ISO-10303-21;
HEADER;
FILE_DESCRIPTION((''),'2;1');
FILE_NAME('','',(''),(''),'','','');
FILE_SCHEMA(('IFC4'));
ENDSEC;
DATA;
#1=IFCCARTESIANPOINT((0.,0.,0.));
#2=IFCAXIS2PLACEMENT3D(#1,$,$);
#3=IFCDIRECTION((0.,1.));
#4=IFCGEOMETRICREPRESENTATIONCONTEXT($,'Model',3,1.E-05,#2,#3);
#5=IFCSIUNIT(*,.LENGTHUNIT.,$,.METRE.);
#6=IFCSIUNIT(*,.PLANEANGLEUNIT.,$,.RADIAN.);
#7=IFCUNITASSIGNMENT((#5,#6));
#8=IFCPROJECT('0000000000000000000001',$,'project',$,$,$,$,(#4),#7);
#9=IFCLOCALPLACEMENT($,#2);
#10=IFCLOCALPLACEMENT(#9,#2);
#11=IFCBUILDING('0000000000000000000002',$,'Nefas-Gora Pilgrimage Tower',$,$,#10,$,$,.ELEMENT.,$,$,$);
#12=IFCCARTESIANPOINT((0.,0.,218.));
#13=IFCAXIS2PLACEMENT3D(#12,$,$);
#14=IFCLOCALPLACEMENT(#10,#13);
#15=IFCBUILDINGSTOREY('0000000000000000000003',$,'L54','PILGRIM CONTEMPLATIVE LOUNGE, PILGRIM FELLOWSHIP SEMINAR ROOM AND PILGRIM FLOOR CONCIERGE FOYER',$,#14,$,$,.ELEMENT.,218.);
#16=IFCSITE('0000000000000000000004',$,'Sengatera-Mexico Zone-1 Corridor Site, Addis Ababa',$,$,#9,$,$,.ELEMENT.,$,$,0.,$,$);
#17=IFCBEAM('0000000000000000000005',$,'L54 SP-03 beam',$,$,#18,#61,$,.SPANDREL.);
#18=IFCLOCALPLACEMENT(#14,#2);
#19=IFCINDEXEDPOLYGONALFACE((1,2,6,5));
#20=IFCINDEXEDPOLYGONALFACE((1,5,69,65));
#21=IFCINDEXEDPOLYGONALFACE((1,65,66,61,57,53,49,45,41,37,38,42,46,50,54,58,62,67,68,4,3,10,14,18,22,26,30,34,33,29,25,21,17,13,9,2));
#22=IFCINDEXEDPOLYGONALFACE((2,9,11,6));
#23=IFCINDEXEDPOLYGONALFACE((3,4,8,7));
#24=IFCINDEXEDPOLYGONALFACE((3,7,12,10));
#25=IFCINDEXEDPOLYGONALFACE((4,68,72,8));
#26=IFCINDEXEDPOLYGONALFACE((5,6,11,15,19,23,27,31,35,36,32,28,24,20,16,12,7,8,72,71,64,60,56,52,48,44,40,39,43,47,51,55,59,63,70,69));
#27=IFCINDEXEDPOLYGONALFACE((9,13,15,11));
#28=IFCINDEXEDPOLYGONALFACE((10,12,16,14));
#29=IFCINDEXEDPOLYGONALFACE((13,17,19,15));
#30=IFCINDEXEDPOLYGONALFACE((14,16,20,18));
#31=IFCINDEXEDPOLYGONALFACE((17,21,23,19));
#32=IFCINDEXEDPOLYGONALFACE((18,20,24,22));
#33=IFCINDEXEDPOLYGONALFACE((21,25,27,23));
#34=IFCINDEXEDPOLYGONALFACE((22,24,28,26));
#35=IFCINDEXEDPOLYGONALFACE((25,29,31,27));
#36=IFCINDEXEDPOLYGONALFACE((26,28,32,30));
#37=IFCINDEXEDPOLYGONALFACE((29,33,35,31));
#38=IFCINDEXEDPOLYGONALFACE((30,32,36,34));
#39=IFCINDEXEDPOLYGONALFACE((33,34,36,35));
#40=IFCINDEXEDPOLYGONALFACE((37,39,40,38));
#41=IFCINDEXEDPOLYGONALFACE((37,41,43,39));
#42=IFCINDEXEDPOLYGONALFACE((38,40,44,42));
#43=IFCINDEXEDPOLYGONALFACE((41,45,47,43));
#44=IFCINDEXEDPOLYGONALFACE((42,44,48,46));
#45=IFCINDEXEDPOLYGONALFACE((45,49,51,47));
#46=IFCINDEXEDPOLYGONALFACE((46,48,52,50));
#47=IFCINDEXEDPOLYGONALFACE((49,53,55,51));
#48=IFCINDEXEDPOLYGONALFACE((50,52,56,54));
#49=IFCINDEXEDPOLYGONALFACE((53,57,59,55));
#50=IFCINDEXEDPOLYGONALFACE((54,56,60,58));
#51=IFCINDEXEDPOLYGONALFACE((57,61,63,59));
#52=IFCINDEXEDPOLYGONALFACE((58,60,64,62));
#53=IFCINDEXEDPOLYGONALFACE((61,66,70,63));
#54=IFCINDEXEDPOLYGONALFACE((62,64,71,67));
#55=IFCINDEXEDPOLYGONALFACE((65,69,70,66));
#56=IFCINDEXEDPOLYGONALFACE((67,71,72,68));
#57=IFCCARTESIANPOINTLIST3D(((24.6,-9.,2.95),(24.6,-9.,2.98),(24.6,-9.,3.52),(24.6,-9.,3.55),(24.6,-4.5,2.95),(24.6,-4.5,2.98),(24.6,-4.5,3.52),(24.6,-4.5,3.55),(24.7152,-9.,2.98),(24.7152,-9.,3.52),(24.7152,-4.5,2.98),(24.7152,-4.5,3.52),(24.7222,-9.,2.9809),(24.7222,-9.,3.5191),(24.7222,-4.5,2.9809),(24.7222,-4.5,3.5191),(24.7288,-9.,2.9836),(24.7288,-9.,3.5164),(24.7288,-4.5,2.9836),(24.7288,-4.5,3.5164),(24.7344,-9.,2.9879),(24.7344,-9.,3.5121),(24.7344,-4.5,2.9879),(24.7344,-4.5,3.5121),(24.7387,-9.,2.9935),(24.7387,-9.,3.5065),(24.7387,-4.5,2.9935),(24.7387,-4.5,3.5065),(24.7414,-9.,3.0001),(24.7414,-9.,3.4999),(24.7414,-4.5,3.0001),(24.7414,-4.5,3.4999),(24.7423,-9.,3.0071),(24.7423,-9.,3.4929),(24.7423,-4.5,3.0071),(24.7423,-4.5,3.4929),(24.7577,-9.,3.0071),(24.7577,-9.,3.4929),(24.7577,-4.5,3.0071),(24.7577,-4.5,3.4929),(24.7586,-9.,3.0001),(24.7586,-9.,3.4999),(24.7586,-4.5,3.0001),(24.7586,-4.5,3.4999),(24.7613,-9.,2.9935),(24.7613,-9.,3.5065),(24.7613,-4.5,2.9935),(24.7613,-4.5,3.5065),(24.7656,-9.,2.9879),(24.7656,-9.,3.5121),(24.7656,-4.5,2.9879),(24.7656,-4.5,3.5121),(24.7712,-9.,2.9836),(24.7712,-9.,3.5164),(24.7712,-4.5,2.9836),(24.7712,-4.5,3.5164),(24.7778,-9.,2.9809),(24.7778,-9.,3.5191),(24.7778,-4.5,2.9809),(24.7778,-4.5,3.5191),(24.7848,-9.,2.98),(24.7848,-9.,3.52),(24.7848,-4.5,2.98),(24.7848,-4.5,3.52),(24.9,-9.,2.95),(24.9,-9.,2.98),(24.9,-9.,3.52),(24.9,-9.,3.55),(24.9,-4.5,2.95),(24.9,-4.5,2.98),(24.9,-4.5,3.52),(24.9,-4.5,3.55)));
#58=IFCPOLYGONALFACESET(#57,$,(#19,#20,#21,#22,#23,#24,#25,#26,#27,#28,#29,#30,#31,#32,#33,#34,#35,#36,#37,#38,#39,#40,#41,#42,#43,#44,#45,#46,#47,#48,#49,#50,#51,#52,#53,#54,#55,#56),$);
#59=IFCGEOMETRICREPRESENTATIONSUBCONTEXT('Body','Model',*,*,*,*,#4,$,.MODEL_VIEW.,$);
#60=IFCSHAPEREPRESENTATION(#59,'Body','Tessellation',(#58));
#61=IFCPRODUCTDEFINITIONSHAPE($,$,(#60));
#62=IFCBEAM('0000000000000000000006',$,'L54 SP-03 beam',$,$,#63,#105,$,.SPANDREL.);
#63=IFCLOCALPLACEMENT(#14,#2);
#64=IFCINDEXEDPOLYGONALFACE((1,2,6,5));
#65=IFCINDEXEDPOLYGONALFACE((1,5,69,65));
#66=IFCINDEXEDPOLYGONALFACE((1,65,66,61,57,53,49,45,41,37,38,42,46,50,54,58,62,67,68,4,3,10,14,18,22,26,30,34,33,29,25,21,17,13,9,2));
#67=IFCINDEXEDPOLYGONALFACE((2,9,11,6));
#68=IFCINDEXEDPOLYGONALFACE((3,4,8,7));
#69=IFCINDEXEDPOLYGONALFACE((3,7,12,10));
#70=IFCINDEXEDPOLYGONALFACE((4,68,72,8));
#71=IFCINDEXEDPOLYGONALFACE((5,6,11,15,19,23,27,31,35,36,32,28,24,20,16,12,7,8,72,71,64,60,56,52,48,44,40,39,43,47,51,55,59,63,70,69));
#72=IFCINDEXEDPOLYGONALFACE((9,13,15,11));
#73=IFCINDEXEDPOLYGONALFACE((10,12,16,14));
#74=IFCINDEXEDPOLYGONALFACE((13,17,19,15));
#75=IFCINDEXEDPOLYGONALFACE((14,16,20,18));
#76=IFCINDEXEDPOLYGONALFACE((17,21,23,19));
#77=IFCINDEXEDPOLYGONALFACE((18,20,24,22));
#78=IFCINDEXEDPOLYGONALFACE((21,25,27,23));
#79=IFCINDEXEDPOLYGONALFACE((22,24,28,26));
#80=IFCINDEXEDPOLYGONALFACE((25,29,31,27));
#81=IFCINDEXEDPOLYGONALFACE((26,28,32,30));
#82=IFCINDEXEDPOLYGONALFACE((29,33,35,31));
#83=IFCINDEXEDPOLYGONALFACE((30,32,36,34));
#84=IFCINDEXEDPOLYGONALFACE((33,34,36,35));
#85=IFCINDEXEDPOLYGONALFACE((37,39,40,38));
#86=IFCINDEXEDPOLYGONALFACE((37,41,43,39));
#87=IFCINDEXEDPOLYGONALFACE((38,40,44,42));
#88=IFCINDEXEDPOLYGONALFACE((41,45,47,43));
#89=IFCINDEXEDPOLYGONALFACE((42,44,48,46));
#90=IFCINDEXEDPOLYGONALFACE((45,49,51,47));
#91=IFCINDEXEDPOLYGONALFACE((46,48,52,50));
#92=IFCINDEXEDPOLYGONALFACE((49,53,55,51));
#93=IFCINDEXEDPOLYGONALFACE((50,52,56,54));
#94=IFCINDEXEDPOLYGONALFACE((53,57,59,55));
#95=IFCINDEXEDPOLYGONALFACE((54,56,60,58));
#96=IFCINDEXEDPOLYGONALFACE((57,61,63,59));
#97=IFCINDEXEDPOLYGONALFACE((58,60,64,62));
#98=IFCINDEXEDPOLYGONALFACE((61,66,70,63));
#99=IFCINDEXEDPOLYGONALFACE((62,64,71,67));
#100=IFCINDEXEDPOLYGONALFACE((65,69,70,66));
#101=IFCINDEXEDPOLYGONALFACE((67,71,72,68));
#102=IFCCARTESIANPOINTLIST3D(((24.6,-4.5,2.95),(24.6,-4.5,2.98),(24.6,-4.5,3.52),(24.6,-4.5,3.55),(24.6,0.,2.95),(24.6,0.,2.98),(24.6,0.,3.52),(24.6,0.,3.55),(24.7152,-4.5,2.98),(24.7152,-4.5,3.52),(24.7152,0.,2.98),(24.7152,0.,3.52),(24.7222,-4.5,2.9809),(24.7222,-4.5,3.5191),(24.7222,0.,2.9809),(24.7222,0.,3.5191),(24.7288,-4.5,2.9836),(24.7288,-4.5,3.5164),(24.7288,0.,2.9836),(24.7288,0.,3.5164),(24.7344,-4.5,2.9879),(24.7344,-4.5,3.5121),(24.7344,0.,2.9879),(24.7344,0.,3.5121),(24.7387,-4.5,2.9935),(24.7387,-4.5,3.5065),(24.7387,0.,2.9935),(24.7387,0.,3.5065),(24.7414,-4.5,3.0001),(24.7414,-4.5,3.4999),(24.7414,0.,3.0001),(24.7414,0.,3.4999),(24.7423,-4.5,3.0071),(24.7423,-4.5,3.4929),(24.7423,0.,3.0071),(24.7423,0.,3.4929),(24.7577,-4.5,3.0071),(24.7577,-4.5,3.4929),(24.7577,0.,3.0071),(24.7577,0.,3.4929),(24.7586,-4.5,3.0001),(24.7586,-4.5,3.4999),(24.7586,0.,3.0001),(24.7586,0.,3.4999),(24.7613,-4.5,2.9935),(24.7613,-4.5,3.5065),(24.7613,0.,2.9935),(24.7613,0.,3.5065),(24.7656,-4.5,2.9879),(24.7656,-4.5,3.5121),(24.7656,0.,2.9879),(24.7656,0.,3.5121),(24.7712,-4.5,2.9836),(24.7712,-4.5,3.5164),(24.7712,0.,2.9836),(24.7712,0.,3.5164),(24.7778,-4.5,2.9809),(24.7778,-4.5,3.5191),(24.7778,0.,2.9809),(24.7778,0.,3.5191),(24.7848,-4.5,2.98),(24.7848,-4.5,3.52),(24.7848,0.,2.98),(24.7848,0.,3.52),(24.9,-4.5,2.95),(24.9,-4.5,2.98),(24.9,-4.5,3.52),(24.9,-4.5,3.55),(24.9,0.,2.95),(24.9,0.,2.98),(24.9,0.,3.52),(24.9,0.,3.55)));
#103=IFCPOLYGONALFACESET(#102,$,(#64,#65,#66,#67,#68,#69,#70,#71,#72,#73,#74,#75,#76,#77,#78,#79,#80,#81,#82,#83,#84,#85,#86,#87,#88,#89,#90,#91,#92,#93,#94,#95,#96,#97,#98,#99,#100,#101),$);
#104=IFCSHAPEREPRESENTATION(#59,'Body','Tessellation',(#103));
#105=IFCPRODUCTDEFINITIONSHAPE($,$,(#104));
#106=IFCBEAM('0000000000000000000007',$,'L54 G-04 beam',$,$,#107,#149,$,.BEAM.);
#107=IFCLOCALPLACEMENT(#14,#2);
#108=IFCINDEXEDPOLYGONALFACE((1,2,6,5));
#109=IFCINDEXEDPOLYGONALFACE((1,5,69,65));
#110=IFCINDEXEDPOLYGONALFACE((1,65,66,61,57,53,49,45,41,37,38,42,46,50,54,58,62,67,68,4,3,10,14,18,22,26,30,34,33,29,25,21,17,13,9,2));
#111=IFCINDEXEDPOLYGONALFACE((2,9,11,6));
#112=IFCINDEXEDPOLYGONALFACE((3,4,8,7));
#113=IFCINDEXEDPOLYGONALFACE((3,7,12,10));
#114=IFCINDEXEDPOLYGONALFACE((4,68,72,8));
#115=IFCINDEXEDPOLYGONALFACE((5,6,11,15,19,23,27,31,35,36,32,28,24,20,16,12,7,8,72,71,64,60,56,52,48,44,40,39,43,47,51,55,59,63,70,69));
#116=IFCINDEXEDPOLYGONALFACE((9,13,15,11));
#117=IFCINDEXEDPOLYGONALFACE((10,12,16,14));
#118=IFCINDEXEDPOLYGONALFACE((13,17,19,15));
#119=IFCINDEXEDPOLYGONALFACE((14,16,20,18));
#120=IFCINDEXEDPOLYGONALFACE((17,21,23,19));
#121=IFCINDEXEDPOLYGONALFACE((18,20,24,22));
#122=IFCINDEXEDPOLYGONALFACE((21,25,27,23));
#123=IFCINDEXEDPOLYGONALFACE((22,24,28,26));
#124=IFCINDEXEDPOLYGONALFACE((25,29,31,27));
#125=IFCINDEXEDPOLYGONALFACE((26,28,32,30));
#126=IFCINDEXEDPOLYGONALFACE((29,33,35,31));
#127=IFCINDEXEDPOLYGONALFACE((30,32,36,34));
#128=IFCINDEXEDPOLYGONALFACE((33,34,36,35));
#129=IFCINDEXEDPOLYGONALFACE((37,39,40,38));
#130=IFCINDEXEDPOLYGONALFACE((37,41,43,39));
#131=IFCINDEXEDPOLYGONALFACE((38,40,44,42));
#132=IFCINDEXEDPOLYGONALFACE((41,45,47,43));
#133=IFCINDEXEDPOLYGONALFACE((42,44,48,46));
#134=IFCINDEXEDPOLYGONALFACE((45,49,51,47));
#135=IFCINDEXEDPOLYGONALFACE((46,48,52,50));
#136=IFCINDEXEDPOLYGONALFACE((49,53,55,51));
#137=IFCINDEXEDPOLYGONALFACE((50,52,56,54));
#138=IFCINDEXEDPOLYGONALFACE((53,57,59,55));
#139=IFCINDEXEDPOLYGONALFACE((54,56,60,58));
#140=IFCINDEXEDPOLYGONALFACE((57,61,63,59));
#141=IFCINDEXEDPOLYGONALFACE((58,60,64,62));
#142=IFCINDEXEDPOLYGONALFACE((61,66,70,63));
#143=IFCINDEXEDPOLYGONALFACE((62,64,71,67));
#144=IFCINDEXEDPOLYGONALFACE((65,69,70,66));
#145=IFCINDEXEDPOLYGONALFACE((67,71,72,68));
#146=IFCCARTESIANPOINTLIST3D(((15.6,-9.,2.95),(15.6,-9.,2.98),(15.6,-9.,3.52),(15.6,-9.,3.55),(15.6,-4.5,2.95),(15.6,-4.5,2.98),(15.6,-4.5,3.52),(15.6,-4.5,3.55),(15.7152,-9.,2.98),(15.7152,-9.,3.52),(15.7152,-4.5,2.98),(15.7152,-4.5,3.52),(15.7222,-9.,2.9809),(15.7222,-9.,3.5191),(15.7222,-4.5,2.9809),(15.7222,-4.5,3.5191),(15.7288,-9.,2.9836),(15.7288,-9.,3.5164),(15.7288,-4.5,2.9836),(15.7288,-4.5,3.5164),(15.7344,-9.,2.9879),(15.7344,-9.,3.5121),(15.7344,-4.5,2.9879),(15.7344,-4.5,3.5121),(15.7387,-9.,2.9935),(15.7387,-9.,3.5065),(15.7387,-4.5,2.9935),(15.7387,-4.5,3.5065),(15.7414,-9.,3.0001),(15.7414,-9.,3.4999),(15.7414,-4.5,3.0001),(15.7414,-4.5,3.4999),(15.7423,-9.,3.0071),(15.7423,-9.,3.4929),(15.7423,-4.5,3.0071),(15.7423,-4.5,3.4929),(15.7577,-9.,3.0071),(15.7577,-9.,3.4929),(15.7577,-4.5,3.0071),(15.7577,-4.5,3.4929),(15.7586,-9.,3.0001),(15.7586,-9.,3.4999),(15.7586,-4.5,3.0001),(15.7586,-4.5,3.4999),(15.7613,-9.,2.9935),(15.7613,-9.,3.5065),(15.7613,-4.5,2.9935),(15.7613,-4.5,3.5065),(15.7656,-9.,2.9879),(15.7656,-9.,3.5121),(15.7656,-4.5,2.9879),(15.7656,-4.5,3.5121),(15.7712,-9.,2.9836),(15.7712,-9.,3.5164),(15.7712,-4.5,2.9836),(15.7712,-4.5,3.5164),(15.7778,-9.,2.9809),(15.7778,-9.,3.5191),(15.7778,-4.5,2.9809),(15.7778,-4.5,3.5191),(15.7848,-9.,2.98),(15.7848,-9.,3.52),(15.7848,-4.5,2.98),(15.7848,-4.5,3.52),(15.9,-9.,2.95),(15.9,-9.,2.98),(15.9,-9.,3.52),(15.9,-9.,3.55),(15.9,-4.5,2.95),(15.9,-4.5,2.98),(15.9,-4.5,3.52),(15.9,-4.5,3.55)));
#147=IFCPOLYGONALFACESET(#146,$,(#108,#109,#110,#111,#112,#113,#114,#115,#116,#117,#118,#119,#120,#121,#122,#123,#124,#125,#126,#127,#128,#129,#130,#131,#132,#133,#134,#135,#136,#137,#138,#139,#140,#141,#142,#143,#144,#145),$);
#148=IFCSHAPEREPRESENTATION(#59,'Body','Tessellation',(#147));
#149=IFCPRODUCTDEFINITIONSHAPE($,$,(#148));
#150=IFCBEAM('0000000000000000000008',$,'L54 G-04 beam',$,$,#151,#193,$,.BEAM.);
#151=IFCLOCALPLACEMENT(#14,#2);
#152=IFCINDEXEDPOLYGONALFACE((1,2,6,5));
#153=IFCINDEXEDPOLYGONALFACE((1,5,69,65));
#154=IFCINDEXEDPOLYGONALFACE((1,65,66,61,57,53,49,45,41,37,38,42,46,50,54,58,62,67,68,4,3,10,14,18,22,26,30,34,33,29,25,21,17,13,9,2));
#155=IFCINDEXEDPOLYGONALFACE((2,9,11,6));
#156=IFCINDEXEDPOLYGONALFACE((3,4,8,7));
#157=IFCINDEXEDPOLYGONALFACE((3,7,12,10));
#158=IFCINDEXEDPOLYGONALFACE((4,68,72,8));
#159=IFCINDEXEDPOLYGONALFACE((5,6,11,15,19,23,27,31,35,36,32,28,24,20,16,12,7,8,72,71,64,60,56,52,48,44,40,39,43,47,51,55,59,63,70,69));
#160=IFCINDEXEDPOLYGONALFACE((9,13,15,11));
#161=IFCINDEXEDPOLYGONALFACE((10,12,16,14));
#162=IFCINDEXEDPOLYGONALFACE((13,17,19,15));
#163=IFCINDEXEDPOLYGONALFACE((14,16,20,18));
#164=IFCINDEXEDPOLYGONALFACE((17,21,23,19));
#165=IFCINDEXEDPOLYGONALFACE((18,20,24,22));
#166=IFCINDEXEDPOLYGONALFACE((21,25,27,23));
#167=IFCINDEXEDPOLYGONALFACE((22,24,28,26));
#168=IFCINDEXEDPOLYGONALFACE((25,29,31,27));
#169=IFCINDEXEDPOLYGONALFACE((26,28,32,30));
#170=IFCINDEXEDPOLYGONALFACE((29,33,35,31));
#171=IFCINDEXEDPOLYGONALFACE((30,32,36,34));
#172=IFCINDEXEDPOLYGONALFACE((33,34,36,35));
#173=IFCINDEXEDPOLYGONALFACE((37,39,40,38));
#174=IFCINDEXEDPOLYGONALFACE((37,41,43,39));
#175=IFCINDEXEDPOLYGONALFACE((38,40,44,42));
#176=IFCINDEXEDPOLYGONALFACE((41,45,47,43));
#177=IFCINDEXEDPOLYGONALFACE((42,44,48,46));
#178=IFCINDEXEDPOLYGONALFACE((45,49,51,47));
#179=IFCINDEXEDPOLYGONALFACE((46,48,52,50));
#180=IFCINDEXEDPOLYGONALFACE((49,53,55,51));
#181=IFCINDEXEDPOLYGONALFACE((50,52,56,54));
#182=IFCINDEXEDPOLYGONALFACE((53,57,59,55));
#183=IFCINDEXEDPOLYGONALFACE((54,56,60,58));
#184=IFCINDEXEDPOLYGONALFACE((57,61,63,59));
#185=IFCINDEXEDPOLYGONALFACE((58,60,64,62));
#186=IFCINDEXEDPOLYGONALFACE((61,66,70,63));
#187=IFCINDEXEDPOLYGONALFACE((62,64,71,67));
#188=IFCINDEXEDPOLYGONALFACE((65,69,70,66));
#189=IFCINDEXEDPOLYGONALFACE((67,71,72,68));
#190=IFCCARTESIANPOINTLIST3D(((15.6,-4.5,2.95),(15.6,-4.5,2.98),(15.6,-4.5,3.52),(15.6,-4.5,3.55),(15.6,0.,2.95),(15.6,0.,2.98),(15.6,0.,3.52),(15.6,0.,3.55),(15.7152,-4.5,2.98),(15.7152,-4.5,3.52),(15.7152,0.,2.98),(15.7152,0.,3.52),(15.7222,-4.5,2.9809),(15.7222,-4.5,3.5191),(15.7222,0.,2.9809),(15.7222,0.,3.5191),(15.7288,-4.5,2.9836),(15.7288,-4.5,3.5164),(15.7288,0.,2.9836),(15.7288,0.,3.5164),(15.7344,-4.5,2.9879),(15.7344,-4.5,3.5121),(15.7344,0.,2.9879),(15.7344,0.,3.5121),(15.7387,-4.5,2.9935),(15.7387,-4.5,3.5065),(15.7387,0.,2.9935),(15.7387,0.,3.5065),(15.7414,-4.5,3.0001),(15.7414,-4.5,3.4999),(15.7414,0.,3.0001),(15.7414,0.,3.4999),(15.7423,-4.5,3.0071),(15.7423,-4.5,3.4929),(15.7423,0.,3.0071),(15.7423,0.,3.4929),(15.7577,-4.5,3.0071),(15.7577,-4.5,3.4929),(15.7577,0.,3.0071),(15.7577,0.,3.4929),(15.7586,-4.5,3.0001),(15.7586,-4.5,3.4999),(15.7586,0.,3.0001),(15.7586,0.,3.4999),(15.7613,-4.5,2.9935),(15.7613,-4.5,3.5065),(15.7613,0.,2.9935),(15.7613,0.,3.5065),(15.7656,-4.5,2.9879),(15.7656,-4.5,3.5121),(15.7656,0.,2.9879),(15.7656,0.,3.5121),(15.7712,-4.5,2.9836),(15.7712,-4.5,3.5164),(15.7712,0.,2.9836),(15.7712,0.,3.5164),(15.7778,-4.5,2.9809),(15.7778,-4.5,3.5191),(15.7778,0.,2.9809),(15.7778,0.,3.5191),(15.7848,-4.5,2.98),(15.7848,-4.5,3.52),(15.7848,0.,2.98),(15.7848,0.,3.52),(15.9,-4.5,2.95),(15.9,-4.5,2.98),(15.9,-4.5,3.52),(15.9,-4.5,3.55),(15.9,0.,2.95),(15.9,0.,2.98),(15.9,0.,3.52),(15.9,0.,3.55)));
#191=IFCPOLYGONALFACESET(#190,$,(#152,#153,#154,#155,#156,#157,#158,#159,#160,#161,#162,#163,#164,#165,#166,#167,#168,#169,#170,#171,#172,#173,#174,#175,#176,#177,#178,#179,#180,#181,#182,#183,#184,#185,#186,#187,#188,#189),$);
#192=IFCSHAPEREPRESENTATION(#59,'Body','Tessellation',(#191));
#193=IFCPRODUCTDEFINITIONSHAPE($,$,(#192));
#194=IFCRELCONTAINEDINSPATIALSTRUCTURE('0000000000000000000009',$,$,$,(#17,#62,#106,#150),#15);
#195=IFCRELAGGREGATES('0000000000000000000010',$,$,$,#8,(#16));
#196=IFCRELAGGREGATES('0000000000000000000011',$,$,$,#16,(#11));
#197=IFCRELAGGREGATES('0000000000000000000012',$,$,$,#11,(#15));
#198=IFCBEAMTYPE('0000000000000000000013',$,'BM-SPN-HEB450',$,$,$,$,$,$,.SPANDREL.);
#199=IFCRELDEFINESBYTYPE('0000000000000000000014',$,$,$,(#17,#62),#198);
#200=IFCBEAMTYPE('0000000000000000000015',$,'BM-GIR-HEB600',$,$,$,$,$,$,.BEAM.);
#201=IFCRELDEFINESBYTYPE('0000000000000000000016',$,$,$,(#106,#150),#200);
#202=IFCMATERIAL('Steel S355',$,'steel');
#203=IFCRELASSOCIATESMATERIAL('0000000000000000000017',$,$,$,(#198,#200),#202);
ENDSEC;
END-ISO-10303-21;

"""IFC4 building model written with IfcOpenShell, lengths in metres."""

from ifc_helpers import new_model, si_unit, direction, frame, origin, origin_2d, place, context, subcontext, project, spatial, i_section, extrude, source, transform, mapped, material, material_profile, profile_set, type_object, element, save


model = new_model("IFC4")

# Units and contexts
model_context = context("Model", 3, precision=1e-05, world=origin(), true_north=direction((0.0, 1.0)))
body_context = subcontext(model_context, "Body", "Model", "MODEL_VIEW")
ifc_project = project(units=[si_unit("LENGTHUNIT", "METRE"), si_unit("PLANEANGLEUNIT", "RADIAN")], contexts=[model_context])

# Site, building, storey
site_placement = place(None, origin())
site = spatial("IfcSite", under=ifc_project, at=site_placement, Name="Sengatera-Mexico Zone-1 Corridor Site, Addis Ababa", CompositionType="ELEMENT", RefElevation=0.0)
building_placement = place(site_placement, origin())
building = spatial("IfcBuilding", under=site, at=building_placement, Name="Nefas-Gora Pilgrimage Tower", CompositionType="ELEMENT")
storey_placement = place(building_placement, frame((0.0, 0.0, 218.0)))
storey = spatial("IfcBuildingStorey", under=building, at=storey_placement, Name="L54", Description="PILGRIM CONTEMPLATIVE LOUNGE, PILGRIM FELLOWSHIP SEMINAR ROOM AND PILGRIM FLOOR CONCIERGE FOYER", CompositionType="ELEMENT", Elevation=218.0)

# Beams
ifc_material_1 = material(Name="Steel S355", Category="steel")
ifc_material_profile_1 = material_profile(ifc_material_1, i_section(OverallWidth=0.3, OverallDepth=0.6001, WebThickness=0.0154, FlangeThickness=0.03, FilletRadius=0.0271, at=origin_2d()), Name="HEB 600")
ifc_profile_set_1 = profile_set([ifc_material_profile_1], Name="Steel S355")
beam_type_1 = type_object("IfcBeamType", Name="BM-SPN-HEB450", PredefinedType="SPANDREL", material=ifc_profile_set_1)
shared_shape_1 = source(origin(), body_context, "Body", "SweptSolid", [
    extrude(i_section(OverallWidth=0.3, OverallDepth=0.6001, WebThickness=0.0154, FlangeThickness=0.03, FilletRadius=0.0271, at=origin_2d()), origin(), (0.0, 0.0, 1.0), 4.5),
])
for number, where, z_axis, x_axis, name in (
    (1, (24.75, -9.0, 3.25), (0.0, 1.0, 0.0), (-1.0, 0.0, 0.0), "L54 SP-03 beam"),
    (2, (24.75, -4.5, 3.25), (0.0, 1.0, 0.0), (-1.0, 0.0, 0.0), "L54 SP-03 beam"),
):
    element("IfcBeam", number, at=place(storey_placement, frame(where, z_axis=z_axis, x_axis=x_axis)), inside=storey, type_object=beam_type_1, Name=name, PredefinedType="SPANDREL", context=body_context, shape_type="MappedRepresentation", body=[
        mapped(shared_shape_1, transform((0.0, 0.0, 0.0), x_axis=(1.0, 0.0, 0.0), y_axis=(0.0, 1.0, 0.0), z_axis=(0.0, 0.0, 1.0), scale=1.0)),
    ])
ifc_material_profile_2 = material_profile(ifc_material_1, i_section(OverallWidth=0.3, OverallDepth=0.6001, WebThickness=0.0154, FlangeThickness=0.03, FilletRadius=0.0271, at=origin_2d()), Name="HEB 600")
ifc_profile_set_2 = profile_set([ifc_material_profile_2], Name="Steel S355")
beam_type_2 = type_object("IfcBeamType", Name="BM-GIR-HEB600", PredefinedType="BEAM", material=ifc_profile_set_2)
shared_shape_2 = source(origin(), body_context, "Body", "SweptSolid", [
    extrude(i_section(OverallWidth=0.3, OverallDepth=0.6001, WebThickness=0.0154, FlangeThickness=0.03, FilletRadius=0.0271, at=origin_2d()), origin(), (0.0, 0.0, 1.0), 4.5),
])
for number, where, z_axis, x_axis, name in (
    (3, (15.75, -9.0, 3.25), (0.0, 1.0, 0.0), (-1.0, 0.0, 0.0), "L54 G-04 beam"),
    (4, (15.75, -4.5, 3.25), (0.0, 1.0, 0.0), (-1.0, 0.0, 0.0), "L54 G-04 beam"),
):
    element("IfcBeam", number, at=place(storey_placement, frame(where, z_axis=z_axis, x_axis=x_axis)), inside=storey, type_object=beam_type_2, Name=name, PredefinedType="BEAM", context=body_context, shape_type="MappedRepresentation", body=[
        mapped(shared_shape_2, transform((0.0, 0.0, 0.0), x_axis=(1.0, 0.0, 0.0), y_axis=(0.0, 1.0, 0.0), z_axis=(0.0, 0.0, 1.0), scale=1.0)),
    ])

save(model, "model.ifc")
